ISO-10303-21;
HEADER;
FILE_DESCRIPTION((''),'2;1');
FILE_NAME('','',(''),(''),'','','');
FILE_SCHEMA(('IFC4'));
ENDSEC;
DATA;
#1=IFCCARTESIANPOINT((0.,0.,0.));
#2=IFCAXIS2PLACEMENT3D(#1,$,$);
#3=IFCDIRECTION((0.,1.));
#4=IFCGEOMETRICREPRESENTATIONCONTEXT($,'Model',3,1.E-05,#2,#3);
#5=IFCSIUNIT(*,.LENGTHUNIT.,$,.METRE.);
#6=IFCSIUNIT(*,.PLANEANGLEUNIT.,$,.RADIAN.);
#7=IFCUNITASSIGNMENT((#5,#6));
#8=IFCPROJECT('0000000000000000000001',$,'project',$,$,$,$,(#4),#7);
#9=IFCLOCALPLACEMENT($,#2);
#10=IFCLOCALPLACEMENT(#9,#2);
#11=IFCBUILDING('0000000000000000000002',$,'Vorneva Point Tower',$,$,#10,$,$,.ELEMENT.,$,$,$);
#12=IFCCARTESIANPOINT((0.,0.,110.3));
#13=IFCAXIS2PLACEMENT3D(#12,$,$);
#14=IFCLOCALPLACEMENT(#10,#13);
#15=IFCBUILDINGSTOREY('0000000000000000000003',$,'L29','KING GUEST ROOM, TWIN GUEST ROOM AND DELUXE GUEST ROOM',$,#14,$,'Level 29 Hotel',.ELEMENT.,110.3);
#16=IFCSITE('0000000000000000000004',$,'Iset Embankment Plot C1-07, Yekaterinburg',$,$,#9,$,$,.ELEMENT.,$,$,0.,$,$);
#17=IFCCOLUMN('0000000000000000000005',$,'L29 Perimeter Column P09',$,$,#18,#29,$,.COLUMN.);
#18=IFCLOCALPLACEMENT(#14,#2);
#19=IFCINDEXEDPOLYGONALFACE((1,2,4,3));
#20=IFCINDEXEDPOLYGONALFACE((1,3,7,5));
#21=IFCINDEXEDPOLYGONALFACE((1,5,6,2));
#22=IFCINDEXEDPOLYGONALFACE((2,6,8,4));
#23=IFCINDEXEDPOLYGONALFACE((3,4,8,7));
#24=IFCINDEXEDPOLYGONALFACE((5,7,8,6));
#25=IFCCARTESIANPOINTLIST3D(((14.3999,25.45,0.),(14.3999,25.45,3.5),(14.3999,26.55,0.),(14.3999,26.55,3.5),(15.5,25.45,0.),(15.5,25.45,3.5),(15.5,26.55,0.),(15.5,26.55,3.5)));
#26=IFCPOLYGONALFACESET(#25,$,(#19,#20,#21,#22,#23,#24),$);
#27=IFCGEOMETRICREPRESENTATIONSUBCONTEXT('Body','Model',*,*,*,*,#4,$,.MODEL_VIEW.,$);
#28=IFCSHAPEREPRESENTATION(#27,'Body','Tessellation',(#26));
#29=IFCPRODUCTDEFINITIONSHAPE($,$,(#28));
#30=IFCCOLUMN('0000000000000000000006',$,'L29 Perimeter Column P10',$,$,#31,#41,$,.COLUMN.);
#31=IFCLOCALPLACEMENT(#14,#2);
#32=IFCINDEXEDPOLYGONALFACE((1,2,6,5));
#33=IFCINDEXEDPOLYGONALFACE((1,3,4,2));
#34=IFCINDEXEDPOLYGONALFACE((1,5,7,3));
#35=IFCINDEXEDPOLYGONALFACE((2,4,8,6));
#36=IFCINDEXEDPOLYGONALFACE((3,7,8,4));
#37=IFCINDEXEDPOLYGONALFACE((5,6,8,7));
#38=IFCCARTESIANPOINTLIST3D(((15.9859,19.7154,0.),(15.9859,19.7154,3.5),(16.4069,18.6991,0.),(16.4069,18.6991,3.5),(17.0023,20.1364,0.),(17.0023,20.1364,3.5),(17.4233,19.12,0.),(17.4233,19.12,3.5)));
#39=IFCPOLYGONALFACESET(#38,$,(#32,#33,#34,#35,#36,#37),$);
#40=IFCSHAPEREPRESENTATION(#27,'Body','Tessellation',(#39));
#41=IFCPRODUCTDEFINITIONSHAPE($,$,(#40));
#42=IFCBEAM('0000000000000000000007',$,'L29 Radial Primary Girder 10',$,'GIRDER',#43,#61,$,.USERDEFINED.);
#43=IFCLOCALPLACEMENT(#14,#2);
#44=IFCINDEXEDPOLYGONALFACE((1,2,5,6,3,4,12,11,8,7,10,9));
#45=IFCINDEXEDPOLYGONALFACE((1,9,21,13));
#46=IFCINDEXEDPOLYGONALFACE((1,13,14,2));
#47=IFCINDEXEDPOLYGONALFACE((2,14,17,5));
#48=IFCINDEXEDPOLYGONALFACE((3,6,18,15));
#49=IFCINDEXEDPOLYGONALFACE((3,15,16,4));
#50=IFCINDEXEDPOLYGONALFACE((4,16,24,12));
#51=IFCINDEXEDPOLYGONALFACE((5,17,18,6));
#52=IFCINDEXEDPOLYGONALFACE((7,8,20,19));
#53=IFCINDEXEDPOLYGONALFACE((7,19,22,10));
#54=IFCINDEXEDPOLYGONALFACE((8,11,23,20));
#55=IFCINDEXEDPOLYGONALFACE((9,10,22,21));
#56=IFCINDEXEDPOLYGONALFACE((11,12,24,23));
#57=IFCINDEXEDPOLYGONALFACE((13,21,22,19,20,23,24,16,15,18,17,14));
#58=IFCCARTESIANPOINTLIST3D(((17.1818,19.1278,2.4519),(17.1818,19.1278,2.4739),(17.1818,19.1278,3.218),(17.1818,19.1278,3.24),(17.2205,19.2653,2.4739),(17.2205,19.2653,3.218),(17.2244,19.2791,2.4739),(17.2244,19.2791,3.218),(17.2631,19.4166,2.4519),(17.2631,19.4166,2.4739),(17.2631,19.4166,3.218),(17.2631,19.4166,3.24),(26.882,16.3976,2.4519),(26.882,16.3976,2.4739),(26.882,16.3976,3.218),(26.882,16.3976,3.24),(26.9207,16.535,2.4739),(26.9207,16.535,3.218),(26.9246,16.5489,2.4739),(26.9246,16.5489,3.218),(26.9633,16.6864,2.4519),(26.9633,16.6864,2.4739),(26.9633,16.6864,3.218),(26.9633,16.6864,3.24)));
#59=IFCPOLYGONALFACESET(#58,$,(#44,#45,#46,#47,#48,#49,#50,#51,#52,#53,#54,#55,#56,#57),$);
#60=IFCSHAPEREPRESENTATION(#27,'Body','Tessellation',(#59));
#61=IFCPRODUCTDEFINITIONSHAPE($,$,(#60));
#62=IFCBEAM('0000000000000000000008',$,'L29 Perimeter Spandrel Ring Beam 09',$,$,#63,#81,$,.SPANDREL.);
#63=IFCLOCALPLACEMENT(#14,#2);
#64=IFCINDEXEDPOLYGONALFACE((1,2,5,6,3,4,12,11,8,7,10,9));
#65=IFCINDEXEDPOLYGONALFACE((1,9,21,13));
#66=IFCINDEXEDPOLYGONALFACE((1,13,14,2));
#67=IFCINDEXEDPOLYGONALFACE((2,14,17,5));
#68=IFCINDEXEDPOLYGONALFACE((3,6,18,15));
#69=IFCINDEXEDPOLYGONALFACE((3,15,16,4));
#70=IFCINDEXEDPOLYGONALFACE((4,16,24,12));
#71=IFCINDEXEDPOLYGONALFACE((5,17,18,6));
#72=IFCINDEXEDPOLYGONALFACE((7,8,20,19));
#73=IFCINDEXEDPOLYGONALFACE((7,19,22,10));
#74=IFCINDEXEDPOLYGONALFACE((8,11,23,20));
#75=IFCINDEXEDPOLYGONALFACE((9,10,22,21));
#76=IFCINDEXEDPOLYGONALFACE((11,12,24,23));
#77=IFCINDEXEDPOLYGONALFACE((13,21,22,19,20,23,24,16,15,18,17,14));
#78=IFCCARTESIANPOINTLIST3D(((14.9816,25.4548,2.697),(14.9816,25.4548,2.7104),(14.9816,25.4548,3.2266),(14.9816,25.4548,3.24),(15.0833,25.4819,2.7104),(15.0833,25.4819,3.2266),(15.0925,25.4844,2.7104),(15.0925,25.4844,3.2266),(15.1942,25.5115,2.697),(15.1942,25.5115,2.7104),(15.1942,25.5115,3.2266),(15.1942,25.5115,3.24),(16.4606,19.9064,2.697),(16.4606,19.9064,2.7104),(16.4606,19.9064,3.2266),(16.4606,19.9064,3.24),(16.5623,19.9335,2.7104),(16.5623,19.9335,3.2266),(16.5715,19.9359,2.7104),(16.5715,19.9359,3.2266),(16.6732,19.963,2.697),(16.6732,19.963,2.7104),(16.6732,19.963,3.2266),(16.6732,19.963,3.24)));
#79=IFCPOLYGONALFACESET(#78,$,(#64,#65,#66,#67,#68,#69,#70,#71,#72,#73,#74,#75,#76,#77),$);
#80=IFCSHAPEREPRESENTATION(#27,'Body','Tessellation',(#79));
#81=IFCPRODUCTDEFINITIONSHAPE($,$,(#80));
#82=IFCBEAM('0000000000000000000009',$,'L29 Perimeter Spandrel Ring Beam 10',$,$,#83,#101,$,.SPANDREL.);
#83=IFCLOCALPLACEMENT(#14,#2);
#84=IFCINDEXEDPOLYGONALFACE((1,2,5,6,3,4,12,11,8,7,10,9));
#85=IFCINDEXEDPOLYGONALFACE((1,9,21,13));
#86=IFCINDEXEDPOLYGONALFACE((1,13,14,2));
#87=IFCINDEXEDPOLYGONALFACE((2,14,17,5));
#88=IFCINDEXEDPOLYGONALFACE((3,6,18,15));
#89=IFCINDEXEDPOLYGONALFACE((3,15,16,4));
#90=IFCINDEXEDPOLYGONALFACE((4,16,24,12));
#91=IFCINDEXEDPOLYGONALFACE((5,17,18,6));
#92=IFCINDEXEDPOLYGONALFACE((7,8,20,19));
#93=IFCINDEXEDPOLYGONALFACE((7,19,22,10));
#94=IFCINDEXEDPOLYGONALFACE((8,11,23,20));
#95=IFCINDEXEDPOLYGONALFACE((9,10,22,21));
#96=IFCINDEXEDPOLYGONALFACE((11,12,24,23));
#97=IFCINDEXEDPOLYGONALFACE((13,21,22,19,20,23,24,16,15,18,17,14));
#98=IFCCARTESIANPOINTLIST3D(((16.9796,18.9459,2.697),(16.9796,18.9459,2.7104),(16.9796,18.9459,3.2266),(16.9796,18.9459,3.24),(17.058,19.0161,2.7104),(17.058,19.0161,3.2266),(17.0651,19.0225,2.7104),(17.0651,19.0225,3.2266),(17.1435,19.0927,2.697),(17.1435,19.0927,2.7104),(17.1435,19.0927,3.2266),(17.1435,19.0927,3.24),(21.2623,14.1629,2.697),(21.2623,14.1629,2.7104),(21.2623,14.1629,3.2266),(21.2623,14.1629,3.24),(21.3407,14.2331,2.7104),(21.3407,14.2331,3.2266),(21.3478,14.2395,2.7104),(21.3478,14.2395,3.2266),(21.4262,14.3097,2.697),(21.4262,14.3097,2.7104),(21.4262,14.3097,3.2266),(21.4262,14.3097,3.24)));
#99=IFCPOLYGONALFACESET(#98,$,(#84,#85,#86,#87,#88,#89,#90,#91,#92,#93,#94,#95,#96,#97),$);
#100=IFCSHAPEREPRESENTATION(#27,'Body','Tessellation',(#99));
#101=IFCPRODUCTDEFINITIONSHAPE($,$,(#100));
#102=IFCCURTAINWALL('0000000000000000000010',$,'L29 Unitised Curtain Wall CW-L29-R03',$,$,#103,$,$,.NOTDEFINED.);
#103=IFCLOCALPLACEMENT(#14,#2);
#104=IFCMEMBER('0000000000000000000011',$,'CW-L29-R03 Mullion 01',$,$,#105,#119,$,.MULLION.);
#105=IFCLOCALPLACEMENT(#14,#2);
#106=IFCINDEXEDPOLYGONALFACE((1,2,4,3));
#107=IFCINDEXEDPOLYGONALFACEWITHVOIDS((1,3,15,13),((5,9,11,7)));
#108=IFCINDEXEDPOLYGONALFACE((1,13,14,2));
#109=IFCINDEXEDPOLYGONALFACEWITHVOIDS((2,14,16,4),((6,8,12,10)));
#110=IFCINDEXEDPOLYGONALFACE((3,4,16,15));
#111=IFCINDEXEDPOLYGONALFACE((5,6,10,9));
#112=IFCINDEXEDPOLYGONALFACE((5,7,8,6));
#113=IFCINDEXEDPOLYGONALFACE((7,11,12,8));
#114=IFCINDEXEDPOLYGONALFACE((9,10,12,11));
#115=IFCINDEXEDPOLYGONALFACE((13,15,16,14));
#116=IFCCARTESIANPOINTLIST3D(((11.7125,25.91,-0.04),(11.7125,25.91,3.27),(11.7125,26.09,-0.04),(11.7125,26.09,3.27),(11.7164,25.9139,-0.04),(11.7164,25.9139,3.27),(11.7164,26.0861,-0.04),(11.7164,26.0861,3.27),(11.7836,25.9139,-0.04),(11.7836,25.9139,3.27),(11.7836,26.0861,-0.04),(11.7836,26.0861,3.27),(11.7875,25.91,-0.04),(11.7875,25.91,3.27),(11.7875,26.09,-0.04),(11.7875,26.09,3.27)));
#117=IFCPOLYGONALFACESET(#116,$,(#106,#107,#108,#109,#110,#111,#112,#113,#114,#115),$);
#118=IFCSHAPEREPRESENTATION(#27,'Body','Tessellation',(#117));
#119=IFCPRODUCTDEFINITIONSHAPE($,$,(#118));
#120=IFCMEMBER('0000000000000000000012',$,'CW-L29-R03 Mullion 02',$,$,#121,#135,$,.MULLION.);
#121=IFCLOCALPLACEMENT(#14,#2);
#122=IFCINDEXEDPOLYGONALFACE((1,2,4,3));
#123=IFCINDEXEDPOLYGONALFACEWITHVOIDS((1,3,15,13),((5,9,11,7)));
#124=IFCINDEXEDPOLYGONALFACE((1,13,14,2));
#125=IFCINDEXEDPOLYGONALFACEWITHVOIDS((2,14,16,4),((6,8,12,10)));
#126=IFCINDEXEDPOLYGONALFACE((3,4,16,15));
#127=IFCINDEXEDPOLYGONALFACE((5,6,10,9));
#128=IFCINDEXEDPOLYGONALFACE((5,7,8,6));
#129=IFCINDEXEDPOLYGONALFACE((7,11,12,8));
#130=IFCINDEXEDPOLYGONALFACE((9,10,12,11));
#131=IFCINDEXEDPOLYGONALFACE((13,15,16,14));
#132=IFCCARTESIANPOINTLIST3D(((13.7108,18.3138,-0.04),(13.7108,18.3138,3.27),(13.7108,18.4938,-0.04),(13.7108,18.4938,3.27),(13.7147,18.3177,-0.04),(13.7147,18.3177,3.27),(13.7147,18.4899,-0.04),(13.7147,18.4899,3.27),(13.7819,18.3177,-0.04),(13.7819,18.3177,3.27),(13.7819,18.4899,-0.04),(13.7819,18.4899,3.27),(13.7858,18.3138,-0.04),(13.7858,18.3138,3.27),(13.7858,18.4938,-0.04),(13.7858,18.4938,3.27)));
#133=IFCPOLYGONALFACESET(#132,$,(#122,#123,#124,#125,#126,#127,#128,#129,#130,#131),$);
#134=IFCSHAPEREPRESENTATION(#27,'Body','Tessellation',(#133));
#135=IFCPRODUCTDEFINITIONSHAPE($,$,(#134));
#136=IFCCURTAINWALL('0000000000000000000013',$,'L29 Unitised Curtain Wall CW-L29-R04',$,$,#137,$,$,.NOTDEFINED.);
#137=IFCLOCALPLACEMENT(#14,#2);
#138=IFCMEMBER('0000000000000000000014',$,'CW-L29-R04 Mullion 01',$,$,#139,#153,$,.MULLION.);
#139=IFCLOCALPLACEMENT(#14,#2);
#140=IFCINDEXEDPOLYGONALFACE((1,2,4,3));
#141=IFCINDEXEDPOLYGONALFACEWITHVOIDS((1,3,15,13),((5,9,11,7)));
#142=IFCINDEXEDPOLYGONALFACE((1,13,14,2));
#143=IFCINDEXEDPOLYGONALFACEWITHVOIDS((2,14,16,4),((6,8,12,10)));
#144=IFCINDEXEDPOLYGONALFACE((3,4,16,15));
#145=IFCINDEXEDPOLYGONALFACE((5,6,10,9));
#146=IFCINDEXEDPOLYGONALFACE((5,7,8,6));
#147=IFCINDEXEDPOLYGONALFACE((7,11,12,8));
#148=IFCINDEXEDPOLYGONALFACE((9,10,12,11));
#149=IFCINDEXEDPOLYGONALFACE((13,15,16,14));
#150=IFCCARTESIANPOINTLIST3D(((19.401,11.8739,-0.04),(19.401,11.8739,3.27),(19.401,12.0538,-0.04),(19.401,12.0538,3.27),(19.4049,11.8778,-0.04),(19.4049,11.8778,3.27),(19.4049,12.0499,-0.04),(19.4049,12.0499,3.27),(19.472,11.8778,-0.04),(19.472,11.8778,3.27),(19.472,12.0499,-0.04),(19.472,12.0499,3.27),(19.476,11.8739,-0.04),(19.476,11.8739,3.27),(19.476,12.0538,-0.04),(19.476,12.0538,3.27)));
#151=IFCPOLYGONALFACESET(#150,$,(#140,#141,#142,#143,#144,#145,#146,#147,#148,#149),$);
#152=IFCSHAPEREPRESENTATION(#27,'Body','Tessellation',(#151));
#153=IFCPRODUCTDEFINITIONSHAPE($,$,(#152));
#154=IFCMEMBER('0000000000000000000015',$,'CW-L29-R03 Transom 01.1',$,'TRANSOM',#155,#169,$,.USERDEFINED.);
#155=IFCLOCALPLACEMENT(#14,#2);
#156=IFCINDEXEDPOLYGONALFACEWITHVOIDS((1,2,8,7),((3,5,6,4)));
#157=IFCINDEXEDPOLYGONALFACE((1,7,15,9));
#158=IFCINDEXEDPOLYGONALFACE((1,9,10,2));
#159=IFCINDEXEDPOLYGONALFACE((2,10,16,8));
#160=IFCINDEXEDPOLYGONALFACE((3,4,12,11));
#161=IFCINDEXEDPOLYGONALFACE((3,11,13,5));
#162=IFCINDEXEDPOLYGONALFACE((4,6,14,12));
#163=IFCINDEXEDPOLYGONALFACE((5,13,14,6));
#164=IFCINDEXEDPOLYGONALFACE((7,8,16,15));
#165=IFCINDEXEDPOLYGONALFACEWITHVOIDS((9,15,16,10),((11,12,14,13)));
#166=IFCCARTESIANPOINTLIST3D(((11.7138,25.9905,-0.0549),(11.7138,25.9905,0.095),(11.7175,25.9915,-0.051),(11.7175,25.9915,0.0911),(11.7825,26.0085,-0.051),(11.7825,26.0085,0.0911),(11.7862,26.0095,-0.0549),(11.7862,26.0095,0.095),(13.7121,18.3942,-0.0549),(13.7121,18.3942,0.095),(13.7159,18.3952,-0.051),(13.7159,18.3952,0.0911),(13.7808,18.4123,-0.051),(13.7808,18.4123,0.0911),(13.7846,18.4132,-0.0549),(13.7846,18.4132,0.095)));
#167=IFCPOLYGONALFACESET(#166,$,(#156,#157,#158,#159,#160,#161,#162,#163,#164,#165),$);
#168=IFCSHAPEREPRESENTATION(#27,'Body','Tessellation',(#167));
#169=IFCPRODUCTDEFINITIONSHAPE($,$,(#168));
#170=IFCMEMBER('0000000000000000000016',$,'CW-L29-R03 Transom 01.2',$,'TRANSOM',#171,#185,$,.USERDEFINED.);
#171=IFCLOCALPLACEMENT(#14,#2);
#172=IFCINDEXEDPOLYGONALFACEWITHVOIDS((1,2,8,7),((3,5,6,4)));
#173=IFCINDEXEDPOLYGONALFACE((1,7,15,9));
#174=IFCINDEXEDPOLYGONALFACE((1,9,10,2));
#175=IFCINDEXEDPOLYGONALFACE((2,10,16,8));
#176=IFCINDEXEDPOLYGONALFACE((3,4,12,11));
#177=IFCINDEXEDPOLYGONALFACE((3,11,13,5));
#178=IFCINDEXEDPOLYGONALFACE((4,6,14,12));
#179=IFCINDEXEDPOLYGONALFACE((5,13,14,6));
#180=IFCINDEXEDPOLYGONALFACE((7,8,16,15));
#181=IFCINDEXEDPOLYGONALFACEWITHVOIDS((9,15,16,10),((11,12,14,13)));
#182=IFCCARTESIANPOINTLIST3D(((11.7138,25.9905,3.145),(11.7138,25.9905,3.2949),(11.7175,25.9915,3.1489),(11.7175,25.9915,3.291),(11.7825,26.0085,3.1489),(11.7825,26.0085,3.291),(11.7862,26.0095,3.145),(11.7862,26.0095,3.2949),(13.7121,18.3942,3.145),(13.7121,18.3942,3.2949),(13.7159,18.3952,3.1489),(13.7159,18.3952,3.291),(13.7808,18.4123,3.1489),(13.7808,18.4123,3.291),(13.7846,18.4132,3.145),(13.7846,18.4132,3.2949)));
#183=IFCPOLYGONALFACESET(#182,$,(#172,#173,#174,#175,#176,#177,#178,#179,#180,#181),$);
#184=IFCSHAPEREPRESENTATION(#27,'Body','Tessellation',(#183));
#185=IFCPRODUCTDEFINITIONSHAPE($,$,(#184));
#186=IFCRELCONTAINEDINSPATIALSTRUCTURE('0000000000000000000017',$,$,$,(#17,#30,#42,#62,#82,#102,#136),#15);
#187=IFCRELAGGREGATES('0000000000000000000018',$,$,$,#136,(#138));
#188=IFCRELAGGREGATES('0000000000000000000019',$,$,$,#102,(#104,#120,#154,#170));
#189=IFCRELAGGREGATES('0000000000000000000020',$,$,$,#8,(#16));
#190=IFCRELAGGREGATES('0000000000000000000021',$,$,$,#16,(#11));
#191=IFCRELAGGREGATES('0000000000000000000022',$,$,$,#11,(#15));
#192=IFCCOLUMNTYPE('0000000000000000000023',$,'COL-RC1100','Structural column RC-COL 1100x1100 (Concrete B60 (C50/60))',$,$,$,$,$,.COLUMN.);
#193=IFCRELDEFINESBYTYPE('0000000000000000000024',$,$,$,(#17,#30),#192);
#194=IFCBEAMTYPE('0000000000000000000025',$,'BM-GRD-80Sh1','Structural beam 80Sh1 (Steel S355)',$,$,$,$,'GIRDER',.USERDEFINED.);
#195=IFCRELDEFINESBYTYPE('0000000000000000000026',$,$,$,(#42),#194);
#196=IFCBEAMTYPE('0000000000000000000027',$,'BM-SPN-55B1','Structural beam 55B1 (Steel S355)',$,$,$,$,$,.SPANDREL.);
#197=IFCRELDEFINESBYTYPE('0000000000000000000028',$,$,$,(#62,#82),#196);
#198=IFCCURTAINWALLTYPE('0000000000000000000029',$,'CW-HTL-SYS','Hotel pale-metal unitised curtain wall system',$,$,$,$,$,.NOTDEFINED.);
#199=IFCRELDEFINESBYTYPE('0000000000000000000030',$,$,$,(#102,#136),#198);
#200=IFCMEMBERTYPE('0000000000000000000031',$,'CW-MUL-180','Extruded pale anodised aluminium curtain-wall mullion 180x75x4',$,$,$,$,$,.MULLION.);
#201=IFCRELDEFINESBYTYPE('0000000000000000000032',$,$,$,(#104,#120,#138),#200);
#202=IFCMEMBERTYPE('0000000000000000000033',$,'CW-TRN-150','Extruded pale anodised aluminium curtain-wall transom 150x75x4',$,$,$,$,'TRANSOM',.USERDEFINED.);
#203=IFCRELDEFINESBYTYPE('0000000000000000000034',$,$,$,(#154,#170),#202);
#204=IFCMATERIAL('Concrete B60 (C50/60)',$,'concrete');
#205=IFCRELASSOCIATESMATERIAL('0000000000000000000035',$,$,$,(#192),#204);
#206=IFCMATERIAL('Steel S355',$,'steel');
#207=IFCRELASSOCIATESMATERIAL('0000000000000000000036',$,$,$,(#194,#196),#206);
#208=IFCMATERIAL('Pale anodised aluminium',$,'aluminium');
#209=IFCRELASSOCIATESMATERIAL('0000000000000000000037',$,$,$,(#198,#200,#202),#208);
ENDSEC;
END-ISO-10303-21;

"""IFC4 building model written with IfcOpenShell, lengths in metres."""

from ifc_helpers import new_model, si_unit, direction, frame, origin, origin_2d, place, context, subcontext, project, spatial, rectangle, hollow_rectangle, i_section, extrude, material, material_profile, profile_set, type_object, element, aggregate, save


model = new_model("IFC4")

# Units and contexts
model_context = context("Model", 3, precision=1e-05, world=origin(), true_north=direction((0.0, 1.0)))
body_context = subcontext(model_context, "Body", "Model", "MODEL_VIEW")
ifc_project = project(units=[si_unit("LENGTHUNIT", "METRE"), si_unit("PLANEANGLEUNIT", "RADIAN")], contexts=[model_context])

# Site, building, storey
site_placement = place(None, origin())
site = spatial("IfcSite", under=ifc_project, at=site_placement, Name="Iset Embankment Plot C1-07, Yekaterinburg", CompositionType="ELEMENT", RefElevation=0.0)
building_placement = place(site_placement, origin())
building = spatial("IfcBuilding", under=site, at=building_placement, Name="Vorneva Point Tower", CompositionType="ELEMENT")
storey_placement = place(building_placement, frame((0.0, 0.0, 110.3)))
storey = spatial("IfcBuildingStorey", under=building, at=storey_placement, Name="L29", Description="KING GUEST ROOM, TWIN GUEST ROOM AND DELUXE GUEST ROOM", LongName="Level 29 Hotel", CompositionType="ELEMENT", Elevation=110.3)

# Columns
ifc_material_1 = material(Name="Concrete B60 (C50/60)", Category="concrete")
ifc_material_profile_1 = material_profile(ifc_material_1, rectangle(XDim=1.1001, YDim=1.1001, at=origin_2d()), Name="RC-COL 1100x1100")
ifc_profile_set_1 = profile_set([ifc_material_profile_1], Name="Concrete B60 (C50/60)")
column_type = type_object("IfcColumnType", Name="COL-RC1100", Description="Structural column RC-COL 1100x1100 (Concrete B60 (C50/60))", PredefinedType="COLUMN", material=ifc_profile_set_1)
for number, where, z_axis, x_axis, name in (
    (1, (14.95, 26.0, 0.0), (0.0, 0.0, 1.0), (-1.0, 0.0, 0.0), "L29 Perimeter Column P09"),
    (2, (16.7046, 19.4177, 0.0), (0.0, 0.0, 1.0), (-0.92388, -0.382683, 0.0), "L29 Perimeter Column P10"),
):
    element("IfcColumn", number, at=place(storey_placement, frame(where, z_axis=z_axis, x_axis=x_axis)), inside=storey, type_object=column_type, Name=name, PredefinedType="COLUMN", context=body_context, shape_type="SweptSolid", body=[
        extrude(rectangle(XDim=1.1001, YDim=1.1001, at=origin_2d()), origin(), (0.0, 0.0, 1.0), 3.5),
    ])

# Beams
ifc_material_2 = material(Name="Steel S355", Category="steel")
ifc_material_profile_2 = material_profile(ifc_material_2, i_section(OverallWidth=0.3, OverallDepth=0.7881, WebThickness=0.0144, FlangeThickness=0.022, at=origin_2d()), Name="80Sh1")
ifc_profile_set_2 = profile_set([ifc_material_profile_2], Name="Steel S355")
beam_type_1 = type_object("IfcBeamType", Name="BM-GRD-80Sh1", Description="Structural beam 80Sh1 (Steel S355)", ElementType="GIRDER", PredefinedType="USERDEFINED", material=ifc_profile_set_2)
beam_1_placement = place(storey_placement, frame((17.2224, 19.2722, 2.8459), z_axis=(0.962598, -0.270934, 0.0), x_axis=(0.270934, 0.962598, 0.0)))
element("IfcBeam", 3, at=beam_1_placement, inside=storey, type_object=beam_type_1, Name="L29 Radial Primary Girder 10", ObjectType="GIRDER", PredefinedType="USERDEFINED", context=body_context, shape_type="SweptSolid", body=[
    extrude(i_section(OverallWidth=0.3, OverallDepth=0.7881, WebThickness=0.0144, FlangeThickness=0.022, at=origin_2d()), origin(), (0.0, 0.0, 1.0), 10.0771),
])
ifc_material_profile_3 = material_profile(ifc_material_2, i_section(OverallWidth=0.22, OverallDepth=0.543, WebThickness=0.0095, FlangeThickness=0.0134, at=origin_2d()), Name="55B1")
ifc_profile_set_3 = profile_set([ifc_material_profile_3], Name="Steel S355")
beam_type_2 = type_object("IfcBeamType", Name="BM-SPN-55B1", Description="Structural beam 55B1 (Steel S355)", PredefinedType="SPANDREL", material=ifc_profile_set_3)
beam_2_placement = place(storey_placement, frame((15.0879, 25.4832, 2.9685), z_axis=(0.257573, -0.966259, 0.0), x_axis=(0.966259, 0.257573, 0.0)))
element("IfcBeam", 4, at=beam_2_placement, inside=storey, type_object=beam_type_2, Name="L29 Perimeter Spandrel Ring Beam 09", PredefinedType="SPANDREL", context=body_context, shape_type="SweptSolid", body=[
    extrude(i_section(OverallWidth=0.22, OverallDepth=0.543, WebThickness=0.0095, FlangeThickness=0.0134, at=origin_2d()), origin(), (0.0, 0.0, 1.0), 5.7422),
])
beam_3_placement = place(storey_placement, frame((17.0615, 19.0193, 2.9685), z_axis=(0.667074, -0.744992, 0.0), x_axis=(0.744992, 0.667074, 0.0)))
element("IfcBeam", 5, at=beam_3_placement, inside=storey, type_object=beam_type_2, Name="L29 Perimeter Spandrel Ring Beam 10", PredefinedType="SPANDREL", context=body_context, shape_type="SweptSolid", body=[
    extrude(i_section(OverallWidth=0.22, OverallDepth=0.543, WebThickness=0.0095, FlangeThickness=0.0134, at=origin_2d()), origin(), (0.0, 0.0, 1.0), 6.4202),
])

# Curtain wall, members
ifc_material_3 = material(Name="Pale anodised aluminium", Category="aluminium")
curtain_wall_type = type_object("IfcCurtainWallType", Name="CW-HTL-SYS", Description="Hotel pale-metal unitised curtain wall system", PredefinedType="NOTDEFINED", material=ifc_material_3)
curtain_wall_1_placement = place(storey_placement, origin())
curtain_wall_1 = element("IfcCurtainWall", 6, at=curtain_wall_1_placement, inside=storey, type_object=curtain_wall_type, Name="L29 Unitised Curtain Wall CW-L29-R03", PredefinedType="NOTDEFINED")
ifc_material_profile_4 = material_profile(ifc_material_3, hollow_rectangle(XDim=0.075, YDim=0.1799, WallThickness=0.0039, at=origin_2d()), Name="AL-MUL 180x75x4")
ifc_profile_set_4 = profile_set([ifc_material_profile_4], Name="Pale anodised aluminium")
member_type_1 = type_object("IfcMemberType", Name="CW-MUL-180", Description="Extruded pale anodised aluminium curtain-wall mullion 180x75x4", PredefinedType="MULLION", material=ifc_profile_set_4)
member_1_placement = place(storey_placement, frame((11.75, 26.0, -0.04), z_axis=(0.0, 0.0, 1.0), x_axis=(1.0, 0.0, 0.0)))
member_1 = element("IfcMember", 7, at=member_1_placement, type_object=member_type_1, Name="CW-L29-R03 Mullion 01", PredefinedType="MULLION", context=body_context, shape_type="SweptSolid", body=[
    extrude(hollow_rectangle(XDim=0.075, YDim=0.1799, WallThickness=0.0039, at=origin_2d()), origin(), (0.0, 0.0, 1.0), 3.3101),
])
member_2_placement = place(storey_placement, frame((13.7483, 18.4038, -0.04), z_axis=(0.0, 0.0, 1.0), x_axis=(1.0, 0.0, 0.0)))
member_2 = element("IfcMember", 8, at=member_2_placement, type_object=member_type_1, Name="CW-L29-R03 Mullion 02", PredefinedType="MULLION", context=body_context, shape_type="SweptSolid", body=[
    extrude(hollow_rectangle(XDim=0.075, YDim=0.1799, WallThickness=0.0039, at=origin_2d()), origin(), (0.0, 0.0, 1.0), 3.3101),
])

# Curtain wall, member
curtain_wall_2_placement = place(storey_placement, origin())
curtain_wall_2 = element("IfcCurtainWall", 9, at=curtain_wall_2_placement, inside=storey, type_object=curtain_wall_type, Name="L29 Unitised Curtain Wall CW-L29-R04", PredefinedType="NOTDEFINED")
member_3_placement = place(storey_placement, frame((19.4385, 11.9639, -0.04), z_axis=(0.0, 0.0, 1.0), x_axis=(1.0, 0.0, 0.0)))
member_3 = element("IfcMember", 10, at=member_3_placement, type_object=member_type_1, Name="CW-L29-R04 Mullion 01", PredefinedType="MULLION", context=body_context, shape_type="SweptSolid", body=[
    extrude(hollow_rectangle(XDim=0.075, YDim=0.1799, WallThickness=0.0039, at=origin_2d()), origin(), (0.0, 0.0, 1.0), 3.3101),
])

# Members
ifc_material_profile_5 = material_profile(ifc_material_3, hollow_rectangle(XDim=0.075, YDim=0.1499, WallThickness=0.0039, at=origin_2d()), Name="AL-TRN 150x75x4")
ifc_profile_set_5 = profile_set([ifc_material_profile_5], Name="Pale anodised aluminium")
member_type_2 = type_object("IfcMemberType", Name="CW-TRN-150", Description="Extruded pale anodised aluminium curtain-wall transom 150x75x4", ElementType="TRANSOM", PredefinedType="USERDEFINED", material=ifc_profile_set_5)
member_4_placement = place(storey_placement, frame((11.75, 26.0, 0.02), z_axis=(0.254409, -0.967097, 0.0), x_axis=(0.967097, 0.254409, 0.0)))
member_4 = element("IfcMember", 11, at=member_4_placement, type_object=member_type_2, Name="CW-L29-R03 Transom 01.1", ObjectType="TRANSOM", PredefinedType="USERDEFINED", context=body_context, shape_type="SweptSolid", body=[
    extrude(hollow_rectangle(XDim=0.075, YDim=0.1499, WallThickness=0.0039, at=origin_2d()), origin(), (0.0, 0.0, 1.0), 7.8547),
])
member_5_placement = place(storey_placement, frame((11.75, 26.0, 3.22), z_axis=(0.254409, -0.967097, 0.0), x_axis=(0.967097, 0.254409, 0.0)))
member_5 = element("IfcMember", 12, at=member_5_placement, type_object=member_type_2, Name="CW-L29-R03 Transom 01.2", ObjectType="TRANSOM", PredefinedType="USERDEFINED", context=body_context, shape_type="SweptSolid", body=[
    extrude(hollow_rectangle(XDim=0.075, YDim=0.1499, WallThickness=0.0039, at=origin_2d()), origin(), (0.0, 0.0, 1.0), 7.8547),
])
aggregate(curtain_wall_2, [member_3])

aggregate(curtain_wall_1, [member_1, member_2, member_4, member_5])

save(model, "model.ifc")
